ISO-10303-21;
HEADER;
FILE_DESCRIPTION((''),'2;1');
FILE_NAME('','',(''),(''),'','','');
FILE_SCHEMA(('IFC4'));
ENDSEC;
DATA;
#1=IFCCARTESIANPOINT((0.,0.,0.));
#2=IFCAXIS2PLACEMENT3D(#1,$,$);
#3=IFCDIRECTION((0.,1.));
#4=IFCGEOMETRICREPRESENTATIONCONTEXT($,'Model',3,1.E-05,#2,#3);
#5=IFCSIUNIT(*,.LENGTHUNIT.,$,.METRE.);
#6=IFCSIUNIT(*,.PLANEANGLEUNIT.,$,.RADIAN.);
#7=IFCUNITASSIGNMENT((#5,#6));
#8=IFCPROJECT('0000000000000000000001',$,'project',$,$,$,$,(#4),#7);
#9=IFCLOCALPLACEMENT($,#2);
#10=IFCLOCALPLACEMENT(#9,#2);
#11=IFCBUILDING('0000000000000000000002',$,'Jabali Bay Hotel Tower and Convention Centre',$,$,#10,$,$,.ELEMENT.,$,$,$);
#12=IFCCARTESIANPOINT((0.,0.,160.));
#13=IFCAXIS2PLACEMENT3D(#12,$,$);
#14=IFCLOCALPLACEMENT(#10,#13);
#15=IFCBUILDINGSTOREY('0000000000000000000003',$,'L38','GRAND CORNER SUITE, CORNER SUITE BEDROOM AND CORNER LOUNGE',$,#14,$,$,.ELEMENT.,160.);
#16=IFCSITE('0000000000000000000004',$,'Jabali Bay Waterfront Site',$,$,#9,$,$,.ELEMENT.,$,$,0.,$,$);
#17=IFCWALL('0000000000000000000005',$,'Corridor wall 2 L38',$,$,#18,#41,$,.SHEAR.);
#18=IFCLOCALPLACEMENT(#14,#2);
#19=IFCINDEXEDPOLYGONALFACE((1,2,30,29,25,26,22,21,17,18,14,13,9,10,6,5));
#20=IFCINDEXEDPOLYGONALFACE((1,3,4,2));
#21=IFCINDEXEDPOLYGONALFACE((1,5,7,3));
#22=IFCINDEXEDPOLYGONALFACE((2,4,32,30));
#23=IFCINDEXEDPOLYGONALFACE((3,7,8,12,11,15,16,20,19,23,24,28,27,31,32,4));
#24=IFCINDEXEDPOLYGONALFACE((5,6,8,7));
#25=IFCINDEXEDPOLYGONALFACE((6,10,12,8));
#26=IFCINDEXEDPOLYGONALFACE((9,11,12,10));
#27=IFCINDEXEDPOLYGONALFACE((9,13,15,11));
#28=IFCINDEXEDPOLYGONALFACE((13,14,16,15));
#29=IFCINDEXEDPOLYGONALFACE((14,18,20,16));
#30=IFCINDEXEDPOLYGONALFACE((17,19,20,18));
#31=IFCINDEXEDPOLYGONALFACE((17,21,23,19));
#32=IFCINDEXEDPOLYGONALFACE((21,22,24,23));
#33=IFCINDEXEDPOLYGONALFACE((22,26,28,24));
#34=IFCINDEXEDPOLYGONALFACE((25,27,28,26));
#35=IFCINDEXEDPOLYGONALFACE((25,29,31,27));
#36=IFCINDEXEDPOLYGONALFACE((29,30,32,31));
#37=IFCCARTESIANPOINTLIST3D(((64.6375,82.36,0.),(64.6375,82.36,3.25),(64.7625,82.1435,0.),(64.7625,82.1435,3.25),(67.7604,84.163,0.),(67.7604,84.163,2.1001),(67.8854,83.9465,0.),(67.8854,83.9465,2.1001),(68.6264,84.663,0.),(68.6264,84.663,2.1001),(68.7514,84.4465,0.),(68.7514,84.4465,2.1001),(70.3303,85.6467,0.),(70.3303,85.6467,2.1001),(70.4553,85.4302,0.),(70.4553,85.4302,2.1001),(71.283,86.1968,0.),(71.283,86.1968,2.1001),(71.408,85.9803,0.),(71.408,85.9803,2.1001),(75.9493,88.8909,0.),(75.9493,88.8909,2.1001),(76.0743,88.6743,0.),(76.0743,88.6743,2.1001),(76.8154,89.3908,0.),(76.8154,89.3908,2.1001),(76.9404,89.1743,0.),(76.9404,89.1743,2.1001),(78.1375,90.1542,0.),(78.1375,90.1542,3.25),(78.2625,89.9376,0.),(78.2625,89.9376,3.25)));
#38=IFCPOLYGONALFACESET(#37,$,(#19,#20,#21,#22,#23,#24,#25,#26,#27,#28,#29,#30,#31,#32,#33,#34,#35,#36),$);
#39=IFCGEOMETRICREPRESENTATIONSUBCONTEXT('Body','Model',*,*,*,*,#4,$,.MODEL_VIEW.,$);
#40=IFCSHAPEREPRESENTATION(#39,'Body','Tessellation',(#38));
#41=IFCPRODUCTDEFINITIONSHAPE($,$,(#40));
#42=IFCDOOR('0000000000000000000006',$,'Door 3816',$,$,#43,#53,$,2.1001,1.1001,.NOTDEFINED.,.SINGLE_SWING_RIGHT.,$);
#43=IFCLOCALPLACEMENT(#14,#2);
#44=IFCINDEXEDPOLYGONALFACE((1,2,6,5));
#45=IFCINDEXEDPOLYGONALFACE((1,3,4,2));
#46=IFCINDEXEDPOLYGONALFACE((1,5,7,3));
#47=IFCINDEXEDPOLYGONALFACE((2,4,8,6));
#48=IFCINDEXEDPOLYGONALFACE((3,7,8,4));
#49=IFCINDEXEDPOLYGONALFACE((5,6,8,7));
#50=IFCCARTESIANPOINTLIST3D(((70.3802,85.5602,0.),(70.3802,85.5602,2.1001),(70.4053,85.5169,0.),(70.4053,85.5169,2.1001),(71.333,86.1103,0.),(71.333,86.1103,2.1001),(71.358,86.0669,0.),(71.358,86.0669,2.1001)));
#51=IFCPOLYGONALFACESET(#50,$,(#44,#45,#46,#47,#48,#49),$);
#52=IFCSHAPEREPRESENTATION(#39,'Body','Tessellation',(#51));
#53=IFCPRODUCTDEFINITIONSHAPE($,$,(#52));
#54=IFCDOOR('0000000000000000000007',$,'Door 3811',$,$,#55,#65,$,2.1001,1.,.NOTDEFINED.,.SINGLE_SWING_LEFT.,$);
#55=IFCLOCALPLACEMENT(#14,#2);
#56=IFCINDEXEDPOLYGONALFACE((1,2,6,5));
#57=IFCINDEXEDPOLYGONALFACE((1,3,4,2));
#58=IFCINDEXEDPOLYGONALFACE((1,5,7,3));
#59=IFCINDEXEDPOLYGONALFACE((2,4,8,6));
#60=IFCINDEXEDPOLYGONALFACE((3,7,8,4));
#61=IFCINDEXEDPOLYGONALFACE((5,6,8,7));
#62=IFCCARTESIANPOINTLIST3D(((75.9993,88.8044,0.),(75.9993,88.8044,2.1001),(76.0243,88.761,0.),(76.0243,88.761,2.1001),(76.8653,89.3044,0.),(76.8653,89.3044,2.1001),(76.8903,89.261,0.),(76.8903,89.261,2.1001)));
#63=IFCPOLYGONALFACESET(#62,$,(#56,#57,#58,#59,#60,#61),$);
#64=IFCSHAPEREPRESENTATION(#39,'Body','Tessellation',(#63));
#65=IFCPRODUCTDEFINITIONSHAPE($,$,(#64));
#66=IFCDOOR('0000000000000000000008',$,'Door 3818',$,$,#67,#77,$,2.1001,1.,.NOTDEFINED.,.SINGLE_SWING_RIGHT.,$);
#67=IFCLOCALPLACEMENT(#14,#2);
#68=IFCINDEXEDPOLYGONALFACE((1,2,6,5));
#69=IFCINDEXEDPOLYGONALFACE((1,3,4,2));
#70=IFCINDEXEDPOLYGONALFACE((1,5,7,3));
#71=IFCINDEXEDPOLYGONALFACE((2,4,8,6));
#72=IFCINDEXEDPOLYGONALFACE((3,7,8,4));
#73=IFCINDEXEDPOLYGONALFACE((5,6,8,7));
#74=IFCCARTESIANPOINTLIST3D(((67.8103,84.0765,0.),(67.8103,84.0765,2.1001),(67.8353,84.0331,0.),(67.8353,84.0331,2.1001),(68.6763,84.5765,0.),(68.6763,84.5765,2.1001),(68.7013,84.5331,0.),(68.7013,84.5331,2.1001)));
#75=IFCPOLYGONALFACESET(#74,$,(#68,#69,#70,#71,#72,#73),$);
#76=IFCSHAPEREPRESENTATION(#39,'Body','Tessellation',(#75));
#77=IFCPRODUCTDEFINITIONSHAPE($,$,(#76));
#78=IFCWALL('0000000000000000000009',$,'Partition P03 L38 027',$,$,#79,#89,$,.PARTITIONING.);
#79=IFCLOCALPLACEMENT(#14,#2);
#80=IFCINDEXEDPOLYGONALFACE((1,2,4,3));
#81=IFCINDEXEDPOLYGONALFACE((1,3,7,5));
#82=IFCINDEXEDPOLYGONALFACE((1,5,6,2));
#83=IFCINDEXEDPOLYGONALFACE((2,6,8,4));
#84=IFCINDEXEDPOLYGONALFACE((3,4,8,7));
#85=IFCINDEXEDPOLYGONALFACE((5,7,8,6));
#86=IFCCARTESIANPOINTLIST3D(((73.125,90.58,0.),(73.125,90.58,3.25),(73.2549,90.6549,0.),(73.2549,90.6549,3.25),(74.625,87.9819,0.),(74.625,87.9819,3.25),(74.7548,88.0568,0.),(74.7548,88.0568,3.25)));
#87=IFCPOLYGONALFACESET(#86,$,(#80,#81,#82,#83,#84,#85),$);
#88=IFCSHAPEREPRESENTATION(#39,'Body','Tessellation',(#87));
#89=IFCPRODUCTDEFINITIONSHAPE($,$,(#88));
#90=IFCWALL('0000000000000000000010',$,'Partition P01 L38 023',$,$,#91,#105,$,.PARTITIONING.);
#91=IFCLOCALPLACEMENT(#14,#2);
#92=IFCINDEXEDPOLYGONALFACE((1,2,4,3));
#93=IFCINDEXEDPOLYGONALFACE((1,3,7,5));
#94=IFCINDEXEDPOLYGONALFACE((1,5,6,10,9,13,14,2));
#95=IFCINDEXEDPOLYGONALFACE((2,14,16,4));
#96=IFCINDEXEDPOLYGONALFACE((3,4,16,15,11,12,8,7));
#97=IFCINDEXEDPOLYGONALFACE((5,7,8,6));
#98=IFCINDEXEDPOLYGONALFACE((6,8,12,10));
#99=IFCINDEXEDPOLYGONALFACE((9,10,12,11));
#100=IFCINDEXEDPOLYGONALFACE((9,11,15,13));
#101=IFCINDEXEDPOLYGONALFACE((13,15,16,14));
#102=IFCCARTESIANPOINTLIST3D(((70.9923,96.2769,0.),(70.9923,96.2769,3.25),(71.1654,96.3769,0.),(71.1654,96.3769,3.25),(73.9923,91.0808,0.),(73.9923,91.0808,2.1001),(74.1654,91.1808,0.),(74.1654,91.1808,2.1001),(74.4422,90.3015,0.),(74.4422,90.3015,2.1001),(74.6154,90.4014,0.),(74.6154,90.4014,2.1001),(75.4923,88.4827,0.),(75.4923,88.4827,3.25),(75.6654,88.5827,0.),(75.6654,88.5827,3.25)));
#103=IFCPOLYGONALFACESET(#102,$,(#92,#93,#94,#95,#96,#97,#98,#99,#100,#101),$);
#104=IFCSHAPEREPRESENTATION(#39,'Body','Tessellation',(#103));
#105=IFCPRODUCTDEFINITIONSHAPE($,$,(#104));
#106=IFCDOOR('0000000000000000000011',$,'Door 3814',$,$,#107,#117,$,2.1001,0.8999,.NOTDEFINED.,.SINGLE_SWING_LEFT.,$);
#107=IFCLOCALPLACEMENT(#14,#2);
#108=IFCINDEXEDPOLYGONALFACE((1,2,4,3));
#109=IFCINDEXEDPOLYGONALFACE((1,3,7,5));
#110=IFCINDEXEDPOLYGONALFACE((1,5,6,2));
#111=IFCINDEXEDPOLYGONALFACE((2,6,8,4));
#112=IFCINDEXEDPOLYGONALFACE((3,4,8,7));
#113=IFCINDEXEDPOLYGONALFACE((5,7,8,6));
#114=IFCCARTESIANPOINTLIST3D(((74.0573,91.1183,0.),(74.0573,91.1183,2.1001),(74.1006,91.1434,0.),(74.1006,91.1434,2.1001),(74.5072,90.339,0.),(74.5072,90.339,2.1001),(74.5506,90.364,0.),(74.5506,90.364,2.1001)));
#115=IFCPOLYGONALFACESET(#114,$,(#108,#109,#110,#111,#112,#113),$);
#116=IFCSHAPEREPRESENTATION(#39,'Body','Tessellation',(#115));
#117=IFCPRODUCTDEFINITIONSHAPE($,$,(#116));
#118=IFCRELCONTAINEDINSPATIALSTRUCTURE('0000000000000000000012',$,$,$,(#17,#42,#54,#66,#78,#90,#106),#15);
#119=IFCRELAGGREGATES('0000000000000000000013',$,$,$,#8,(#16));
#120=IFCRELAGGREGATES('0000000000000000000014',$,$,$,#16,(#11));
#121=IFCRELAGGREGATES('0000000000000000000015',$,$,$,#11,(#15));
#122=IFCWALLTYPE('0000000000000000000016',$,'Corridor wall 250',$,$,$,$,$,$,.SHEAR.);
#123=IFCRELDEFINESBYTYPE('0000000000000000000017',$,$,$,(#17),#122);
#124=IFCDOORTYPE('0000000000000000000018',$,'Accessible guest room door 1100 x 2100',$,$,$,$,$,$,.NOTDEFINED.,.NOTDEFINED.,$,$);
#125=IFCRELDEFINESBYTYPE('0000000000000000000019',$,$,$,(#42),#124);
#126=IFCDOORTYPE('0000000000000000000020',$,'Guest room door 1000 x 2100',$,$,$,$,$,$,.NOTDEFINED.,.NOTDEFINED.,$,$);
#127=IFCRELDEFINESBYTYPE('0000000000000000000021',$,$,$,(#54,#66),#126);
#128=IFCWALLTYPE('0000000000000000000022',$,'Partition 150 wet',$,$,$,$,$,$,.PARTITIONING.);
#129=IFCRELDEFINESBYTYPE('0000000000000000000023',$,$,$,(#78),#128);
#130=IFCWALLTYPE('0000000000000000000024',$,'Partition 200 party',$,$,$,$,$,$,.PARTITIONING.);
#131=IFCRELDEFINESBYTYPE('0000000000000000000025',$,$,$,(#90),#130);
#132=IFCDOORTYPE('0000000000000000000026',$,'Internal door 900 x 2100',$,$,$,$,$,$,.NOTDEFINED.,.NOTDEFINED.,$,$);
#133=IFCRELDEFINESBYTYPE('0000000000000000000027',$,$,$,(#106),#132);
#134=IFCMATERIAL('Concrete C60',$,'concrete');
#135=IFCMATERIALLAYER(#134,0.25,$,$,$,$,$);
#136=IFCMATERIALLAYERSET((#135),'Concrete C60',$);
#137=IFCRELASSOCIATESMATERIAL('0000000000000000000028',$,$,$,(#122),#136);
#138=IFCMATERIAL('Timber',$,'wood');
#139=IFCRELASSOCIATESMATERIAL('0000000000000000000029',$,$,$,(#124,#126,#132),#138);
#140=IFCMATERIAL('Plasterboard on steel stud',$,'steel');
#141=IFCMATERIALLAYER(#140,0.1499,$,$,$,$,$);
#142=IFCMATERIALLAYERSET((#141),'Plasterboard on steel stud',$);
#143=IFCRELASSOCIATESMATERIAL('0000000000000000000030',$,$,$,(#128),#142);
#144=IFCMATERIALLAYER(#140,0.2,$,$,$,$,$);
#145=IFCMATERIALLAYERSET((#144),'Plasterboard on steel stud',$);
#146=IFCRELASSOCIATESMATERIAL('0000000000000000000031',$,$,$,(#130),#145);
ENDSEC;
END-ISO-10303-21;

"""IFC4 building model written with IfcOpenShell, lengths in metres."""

from ifc_helpers import new_model, si_unit, direction, frame, frame_2d, origin, place, context, subcontext, project, spatial, rectangle, extrude, material, layer, layer_set, type_object, element, fill, save


model = new_model("IFC4")

# Units and contexts
model_context = context("Model", 3, precision=1e-05, world=origin(), true_north=direction((0.0, 1.0)))
body_context = subcontext(model_context, "Body", "Model", "MODEL_VIEW")
ifc_project = project(units=[si_unit("LENGTHUNIT", "METRE"), si_unit("PLANEANGLEUNIT", "RADIAN")], contexts=[model_context])

# Site, building, storey
site_placement = place(None, origin())
site = spatial("IfcSite", under=ifc_project, at=site_placement, Name="Jabali Bay Waterfront Site", CompositionType="ELEMENT", RefElevation=0.0)
building_placement = place(site_placement, origin())
building = spatial("IfcBuilding", under=site, at=building_placement, Name="Jabali Bay Hotel Tower and Convention Centre", CompositionType="ELEMENT")
storey_placement = place(building_placement, frame((0.0, 0.0, 160.0)))
storey = spatial("IfcBuildingStorey", under=building, at=storey_placement, Name="L38", Description="GRAND CORNER SUITE, CORNER SUITE BEDROOM AND CORNER LOUNGE", CompositionType="ELEMENT", Elevation=160.0)

# Shared definitions
ifc_material_1 = material(Name="Concrete C60", Category="concrete")

# Wall, openings, doors
ifc_layer_1 = layer(ifc_material_1, 0.25)
ifc_layer_set_1 = layer_set([ifc_layer_1], Name="Concrete C60")
wall_type_1 = type_object("IfcWallType", Name="Corridor wall 250", PredefinedType="SHEAR", material=ifc_layer_set_1)
wall_1_placement = place(storey_placement, frame((78.2, 90.0459, 0.0), z_axis=(0.0, 0.0, 1.0), x_axis=(-0.866026, -0.499998, 0.0)))
wall_1 = element("IfcWall", 1, at=wall_1_placement, inside=storey, type_object=wall_type_1, Name="Corridor wall 2 L38", PredefinedType="SHEAR", context=body_context, shape_type="SweptSolid", body=[
    extrude(rectangle(XDim=15.5884, YDim=0.25, at=frame_2d((7.7942, 0.0))), origin(), (0.0, 0.0, 1.0), 3.25),
])
opening_1_placement = place(wall_1_placement, frame((1.5266, 0.0, 0.0)))
opening_1 = element("IfcOpeningElement", 2, at=opening_1_placement, cuts=wall_1, PredefinedType="OPENING", context=body_context, shape_type="SweptSolid", body=[
    extrude(rectangle(XDim=1.0, YDim=2.1001, at=frame_2d((0.5, 1.05))), frame((0.0, 0.1355, 0.0), z_axis=(0.0, -1.0, 0.0), x_axis=(1.0, 0.0, 0.0)), (0.0, 0.0, 1.0), 0.271),
])
opening_2_placement = place(wall_1_placement, frame((7.9148, 0.0, 0.0)))
opening_2 = element("IfcOpeningElement", 3, at=opening_2_placement, cuts=wall_1, PredefinedType="OPENING", context=body_context, shape_type="SweptSolid", body=[
    extrude(rectangle(XDim=1.1001, YDim=2.1001, at=frame_2d((0.55, 1.05))), frame((0.0, 0.1355, 0.0), z_axis=(0.0, -1.0, 0.0), x_axis=(1.0, 0.0, 0.0)), (0.0, 0.0, 1.0), 0.271),
])
opening_3_placement = place(wall_1_placement, frame((10.9824, 0.0, 0.0)))
opening_3 = element("IfcOpeningElement", 4, at=opening_3_placement, cuts=wall_1, PredefinedType="OPENING", context=body_context, shape_type="SweptSolid", body=[
    extrude(rectangle(XDim=1.0, YDim=2.1001, at=frame_2d((0.5, 1.05))), frame((0.0, 0.1355, 0.0), z_axis=(0.0, -1.0, 0.0), x_axis=(1.0, 0.0, 0.0)), (0.0, 0.0, 1.0), 0.271),
])
ifc_material_2 = material(Name="Timber", Category="wood")
door_type_1 = type_object("IfcDoorType", Name="Accessible guest room door 1100 x 2100", OperationType="NOTDEFINED", PredefinedType="NOTDEFINED", material=ifc_material_2)
door_1_placement = place(opening_2_placement, origin())
door_1 = element("IfcDoor", 5, at=door_1_placement, inside=storey, type_object=door_type_1, Name="Door 3816", OperationType="SINGLE_SWING_RIGHT", OverallHeight=2.1001, OverallWidth=1.1001, PredefinedType="NOTDEFINED", context=body_context, shape_type="SweptSolid", body=[
    extrude(rectangle(XDim=1.1001, YDim=2.1001, at=frame_2d((0.55, 1.05))), frame((0.0, 0.0249, 0.0), z_axis=(0.0, -1.0, 0.0), x_axis=(1.0, 0.0, 0.0)), (0.0, 0.0, 1.0), 0.05),
])
fill(opening_2, door_1)
door_type_2 = type_object("IfcDoorType", Name="Guest room door 1000 x 2100", OperationType="NOTDEFINED", PredefinedType="NOTDEFINED", material=ifc_material_2)
door_2_placement = place(opening_1_placement, origin())
door_2 = element("IfcDoor", 6, at=door_2_placement, inside=storey, type_object=door_type_2, Name="Door 3811", OperationType="SINGLE_SWING_LEFT", OverallHeight=2.1001, OverallWidth=1.0, PredefinedType="NOTDEFINED", context=body_context, shape_type="SweptSolid", body=[
    extrude(rectangle(XDim=1.0, YDim=2.1001, at=frame_2d((0.5, 1.05))), frame((0.0, 0.0249, 0.0), z_axis=(0.0, -1.0, 0.0), x_axis=(1.0, 0.0, 0.0)), (0.0, 0.0, 1.0), 0.05),
])
fill(opening_1, door_2)
door_3_placement = place(opening_3_placement, origin())
door_3 = element("IfcDoor", 7, at=door_3_placement, inside=storey, type_object=door_type_2, Name="Door 3818", OperationType="SINGLE_SWING_RIGHT", OverallHeight=2.1001, OverallWidth=1.0, PredefinedType="NOTDEFINED", context=body_context, shape_type="SweptSolid", body=[
    extrude(rectangle(XDim=1.0, YDim=2.1001, at=frame_2d((0.5, 1.05))), frame((0.0, 0.0249, 0.0), z_axis=(0.0, -1.0, 0.0), x_axis=(1.0, 0.0, 0.0)), (0.0, 0.0, 1.0), 0.05),
])
fill(opening_3, door_3)

# Wall
ifc_material_3 = material(Name="Plasterboard on steel stud", Category="steel")
ifc_layer_2 = layer(ifc_material_3, 0.1499)
ifc_layer_set_2 = layer_set([ifc_layer_2], Name="Plasterboard on steel stud")
wall_type_2 = type_object("IfcWallType", Name="Partition 150 wet", PredefinedType="PARTITIONING", material=ifc_layer_set_2)
wall_2_placement = place(storey_placement, frame((73.1899, 90.6174, 0.0), z_axis=(0.0, 0.0, 1.0), x_axis=(0.49999, -0.866031, 0.0)))
element("IfcWall", 8, at=wall_2_placement, inside=storey, type_object=wall_type_2, Name="Partition P03 L38 027", PredefinedType="PARTITIONING", context=body_context, shape_type="SweptSolid", body=[
    extrude(rectangle(XDim=3.0, YDim=0.1499, at=frame_2d((1.5, 0.0))), origin(), (0.0, 0.0, 1.0), 3.25),
])

# Wall, opening, door
ifc_layer_3 = layer(ifc_material_3, 0.2)
ifc_layer_set_3 = layer_set([ifc_layer_3], Name="Plasterboard on steel stud")
wall_type_3 = type_object("IfcWallType", Name="Partition 200 party", PredefinedType="PARTITIONING", material=ifc_layer_set_3)
wall_3_placement = place(storey_placement, frame((75.5789, 88.5327, 0.0), z_axis=(0.0, 0.0, 1.0), x_axis=(-0.500002, 0.866024, 0.0)))
wall_3 = element("IfcWall", 9, at=wall_3_placement, inside=storey, type_object=wall_type_3, Name="Partition P01 L38 023", PredefinedType="PARTITIONING", context=body_context, shape_type="SweptSolid", body=[
    extrude(rectangle(XDim=9.0, YDim=0.2, at=frame_2d((4.5, 0.0))), origin(), (0.0, 0.0, 1.0), 3.25),
])
opening_4_placement = place(wall_3_placement, frame((2.1001, 0.0, 0.0)))
opening_4 = element("IfcOpeningElement", 10, at=opening_4_placement, cuts=wall_3, PredefinedType="OPENING", context=body_context, shape_type="SweptSolid", body=[
    extrude(rectangle(XDim=0.8999, YDim=2.1001, at=frame_2d((0.45, 1.05))), frame((0.0, 0.1104, 0.0), z_axis=(0.0, -1.0, 0.0), x_axis=(1.0, 0.0, 0.0)), (0.0, 0.0, 1.0), 0.2209),
])
door_type_3 = type_object("IfcDoorType", Name="Internal door 900 x 2100", OperationType="NOTDEFINED", PredefinedType="NOTDEFINED", material=ifc_material_2)
door_4_placement = place(opening_4_placement, origin())
door_4 = element("IfcDoor", 11, at=door_4_placement, inside=storey, type_object=door_type_3, Name="Door 3814", OperationType="SINGLE_SWING_LEFT", OverallHeight=2.1001, OverallWidth=0.8999, PredefinedType="NOTDEFINED", context=body_context, shape_type="SweptSolid", body=[
    extrude(rectangle(XDim=0.8999, YDim=2.1001, at=frame_2d((0.45, 1.05))), frame((0.0, 0.0249, 0.0), z_axis=(0.0, -1.0, 0.0), x_axis=(1.0, 0.0, 0.0)), (0.0, 0.0, 1.0), 0.05),
])
fill(opening_4, door_4)

save(model, "model.ifc")
